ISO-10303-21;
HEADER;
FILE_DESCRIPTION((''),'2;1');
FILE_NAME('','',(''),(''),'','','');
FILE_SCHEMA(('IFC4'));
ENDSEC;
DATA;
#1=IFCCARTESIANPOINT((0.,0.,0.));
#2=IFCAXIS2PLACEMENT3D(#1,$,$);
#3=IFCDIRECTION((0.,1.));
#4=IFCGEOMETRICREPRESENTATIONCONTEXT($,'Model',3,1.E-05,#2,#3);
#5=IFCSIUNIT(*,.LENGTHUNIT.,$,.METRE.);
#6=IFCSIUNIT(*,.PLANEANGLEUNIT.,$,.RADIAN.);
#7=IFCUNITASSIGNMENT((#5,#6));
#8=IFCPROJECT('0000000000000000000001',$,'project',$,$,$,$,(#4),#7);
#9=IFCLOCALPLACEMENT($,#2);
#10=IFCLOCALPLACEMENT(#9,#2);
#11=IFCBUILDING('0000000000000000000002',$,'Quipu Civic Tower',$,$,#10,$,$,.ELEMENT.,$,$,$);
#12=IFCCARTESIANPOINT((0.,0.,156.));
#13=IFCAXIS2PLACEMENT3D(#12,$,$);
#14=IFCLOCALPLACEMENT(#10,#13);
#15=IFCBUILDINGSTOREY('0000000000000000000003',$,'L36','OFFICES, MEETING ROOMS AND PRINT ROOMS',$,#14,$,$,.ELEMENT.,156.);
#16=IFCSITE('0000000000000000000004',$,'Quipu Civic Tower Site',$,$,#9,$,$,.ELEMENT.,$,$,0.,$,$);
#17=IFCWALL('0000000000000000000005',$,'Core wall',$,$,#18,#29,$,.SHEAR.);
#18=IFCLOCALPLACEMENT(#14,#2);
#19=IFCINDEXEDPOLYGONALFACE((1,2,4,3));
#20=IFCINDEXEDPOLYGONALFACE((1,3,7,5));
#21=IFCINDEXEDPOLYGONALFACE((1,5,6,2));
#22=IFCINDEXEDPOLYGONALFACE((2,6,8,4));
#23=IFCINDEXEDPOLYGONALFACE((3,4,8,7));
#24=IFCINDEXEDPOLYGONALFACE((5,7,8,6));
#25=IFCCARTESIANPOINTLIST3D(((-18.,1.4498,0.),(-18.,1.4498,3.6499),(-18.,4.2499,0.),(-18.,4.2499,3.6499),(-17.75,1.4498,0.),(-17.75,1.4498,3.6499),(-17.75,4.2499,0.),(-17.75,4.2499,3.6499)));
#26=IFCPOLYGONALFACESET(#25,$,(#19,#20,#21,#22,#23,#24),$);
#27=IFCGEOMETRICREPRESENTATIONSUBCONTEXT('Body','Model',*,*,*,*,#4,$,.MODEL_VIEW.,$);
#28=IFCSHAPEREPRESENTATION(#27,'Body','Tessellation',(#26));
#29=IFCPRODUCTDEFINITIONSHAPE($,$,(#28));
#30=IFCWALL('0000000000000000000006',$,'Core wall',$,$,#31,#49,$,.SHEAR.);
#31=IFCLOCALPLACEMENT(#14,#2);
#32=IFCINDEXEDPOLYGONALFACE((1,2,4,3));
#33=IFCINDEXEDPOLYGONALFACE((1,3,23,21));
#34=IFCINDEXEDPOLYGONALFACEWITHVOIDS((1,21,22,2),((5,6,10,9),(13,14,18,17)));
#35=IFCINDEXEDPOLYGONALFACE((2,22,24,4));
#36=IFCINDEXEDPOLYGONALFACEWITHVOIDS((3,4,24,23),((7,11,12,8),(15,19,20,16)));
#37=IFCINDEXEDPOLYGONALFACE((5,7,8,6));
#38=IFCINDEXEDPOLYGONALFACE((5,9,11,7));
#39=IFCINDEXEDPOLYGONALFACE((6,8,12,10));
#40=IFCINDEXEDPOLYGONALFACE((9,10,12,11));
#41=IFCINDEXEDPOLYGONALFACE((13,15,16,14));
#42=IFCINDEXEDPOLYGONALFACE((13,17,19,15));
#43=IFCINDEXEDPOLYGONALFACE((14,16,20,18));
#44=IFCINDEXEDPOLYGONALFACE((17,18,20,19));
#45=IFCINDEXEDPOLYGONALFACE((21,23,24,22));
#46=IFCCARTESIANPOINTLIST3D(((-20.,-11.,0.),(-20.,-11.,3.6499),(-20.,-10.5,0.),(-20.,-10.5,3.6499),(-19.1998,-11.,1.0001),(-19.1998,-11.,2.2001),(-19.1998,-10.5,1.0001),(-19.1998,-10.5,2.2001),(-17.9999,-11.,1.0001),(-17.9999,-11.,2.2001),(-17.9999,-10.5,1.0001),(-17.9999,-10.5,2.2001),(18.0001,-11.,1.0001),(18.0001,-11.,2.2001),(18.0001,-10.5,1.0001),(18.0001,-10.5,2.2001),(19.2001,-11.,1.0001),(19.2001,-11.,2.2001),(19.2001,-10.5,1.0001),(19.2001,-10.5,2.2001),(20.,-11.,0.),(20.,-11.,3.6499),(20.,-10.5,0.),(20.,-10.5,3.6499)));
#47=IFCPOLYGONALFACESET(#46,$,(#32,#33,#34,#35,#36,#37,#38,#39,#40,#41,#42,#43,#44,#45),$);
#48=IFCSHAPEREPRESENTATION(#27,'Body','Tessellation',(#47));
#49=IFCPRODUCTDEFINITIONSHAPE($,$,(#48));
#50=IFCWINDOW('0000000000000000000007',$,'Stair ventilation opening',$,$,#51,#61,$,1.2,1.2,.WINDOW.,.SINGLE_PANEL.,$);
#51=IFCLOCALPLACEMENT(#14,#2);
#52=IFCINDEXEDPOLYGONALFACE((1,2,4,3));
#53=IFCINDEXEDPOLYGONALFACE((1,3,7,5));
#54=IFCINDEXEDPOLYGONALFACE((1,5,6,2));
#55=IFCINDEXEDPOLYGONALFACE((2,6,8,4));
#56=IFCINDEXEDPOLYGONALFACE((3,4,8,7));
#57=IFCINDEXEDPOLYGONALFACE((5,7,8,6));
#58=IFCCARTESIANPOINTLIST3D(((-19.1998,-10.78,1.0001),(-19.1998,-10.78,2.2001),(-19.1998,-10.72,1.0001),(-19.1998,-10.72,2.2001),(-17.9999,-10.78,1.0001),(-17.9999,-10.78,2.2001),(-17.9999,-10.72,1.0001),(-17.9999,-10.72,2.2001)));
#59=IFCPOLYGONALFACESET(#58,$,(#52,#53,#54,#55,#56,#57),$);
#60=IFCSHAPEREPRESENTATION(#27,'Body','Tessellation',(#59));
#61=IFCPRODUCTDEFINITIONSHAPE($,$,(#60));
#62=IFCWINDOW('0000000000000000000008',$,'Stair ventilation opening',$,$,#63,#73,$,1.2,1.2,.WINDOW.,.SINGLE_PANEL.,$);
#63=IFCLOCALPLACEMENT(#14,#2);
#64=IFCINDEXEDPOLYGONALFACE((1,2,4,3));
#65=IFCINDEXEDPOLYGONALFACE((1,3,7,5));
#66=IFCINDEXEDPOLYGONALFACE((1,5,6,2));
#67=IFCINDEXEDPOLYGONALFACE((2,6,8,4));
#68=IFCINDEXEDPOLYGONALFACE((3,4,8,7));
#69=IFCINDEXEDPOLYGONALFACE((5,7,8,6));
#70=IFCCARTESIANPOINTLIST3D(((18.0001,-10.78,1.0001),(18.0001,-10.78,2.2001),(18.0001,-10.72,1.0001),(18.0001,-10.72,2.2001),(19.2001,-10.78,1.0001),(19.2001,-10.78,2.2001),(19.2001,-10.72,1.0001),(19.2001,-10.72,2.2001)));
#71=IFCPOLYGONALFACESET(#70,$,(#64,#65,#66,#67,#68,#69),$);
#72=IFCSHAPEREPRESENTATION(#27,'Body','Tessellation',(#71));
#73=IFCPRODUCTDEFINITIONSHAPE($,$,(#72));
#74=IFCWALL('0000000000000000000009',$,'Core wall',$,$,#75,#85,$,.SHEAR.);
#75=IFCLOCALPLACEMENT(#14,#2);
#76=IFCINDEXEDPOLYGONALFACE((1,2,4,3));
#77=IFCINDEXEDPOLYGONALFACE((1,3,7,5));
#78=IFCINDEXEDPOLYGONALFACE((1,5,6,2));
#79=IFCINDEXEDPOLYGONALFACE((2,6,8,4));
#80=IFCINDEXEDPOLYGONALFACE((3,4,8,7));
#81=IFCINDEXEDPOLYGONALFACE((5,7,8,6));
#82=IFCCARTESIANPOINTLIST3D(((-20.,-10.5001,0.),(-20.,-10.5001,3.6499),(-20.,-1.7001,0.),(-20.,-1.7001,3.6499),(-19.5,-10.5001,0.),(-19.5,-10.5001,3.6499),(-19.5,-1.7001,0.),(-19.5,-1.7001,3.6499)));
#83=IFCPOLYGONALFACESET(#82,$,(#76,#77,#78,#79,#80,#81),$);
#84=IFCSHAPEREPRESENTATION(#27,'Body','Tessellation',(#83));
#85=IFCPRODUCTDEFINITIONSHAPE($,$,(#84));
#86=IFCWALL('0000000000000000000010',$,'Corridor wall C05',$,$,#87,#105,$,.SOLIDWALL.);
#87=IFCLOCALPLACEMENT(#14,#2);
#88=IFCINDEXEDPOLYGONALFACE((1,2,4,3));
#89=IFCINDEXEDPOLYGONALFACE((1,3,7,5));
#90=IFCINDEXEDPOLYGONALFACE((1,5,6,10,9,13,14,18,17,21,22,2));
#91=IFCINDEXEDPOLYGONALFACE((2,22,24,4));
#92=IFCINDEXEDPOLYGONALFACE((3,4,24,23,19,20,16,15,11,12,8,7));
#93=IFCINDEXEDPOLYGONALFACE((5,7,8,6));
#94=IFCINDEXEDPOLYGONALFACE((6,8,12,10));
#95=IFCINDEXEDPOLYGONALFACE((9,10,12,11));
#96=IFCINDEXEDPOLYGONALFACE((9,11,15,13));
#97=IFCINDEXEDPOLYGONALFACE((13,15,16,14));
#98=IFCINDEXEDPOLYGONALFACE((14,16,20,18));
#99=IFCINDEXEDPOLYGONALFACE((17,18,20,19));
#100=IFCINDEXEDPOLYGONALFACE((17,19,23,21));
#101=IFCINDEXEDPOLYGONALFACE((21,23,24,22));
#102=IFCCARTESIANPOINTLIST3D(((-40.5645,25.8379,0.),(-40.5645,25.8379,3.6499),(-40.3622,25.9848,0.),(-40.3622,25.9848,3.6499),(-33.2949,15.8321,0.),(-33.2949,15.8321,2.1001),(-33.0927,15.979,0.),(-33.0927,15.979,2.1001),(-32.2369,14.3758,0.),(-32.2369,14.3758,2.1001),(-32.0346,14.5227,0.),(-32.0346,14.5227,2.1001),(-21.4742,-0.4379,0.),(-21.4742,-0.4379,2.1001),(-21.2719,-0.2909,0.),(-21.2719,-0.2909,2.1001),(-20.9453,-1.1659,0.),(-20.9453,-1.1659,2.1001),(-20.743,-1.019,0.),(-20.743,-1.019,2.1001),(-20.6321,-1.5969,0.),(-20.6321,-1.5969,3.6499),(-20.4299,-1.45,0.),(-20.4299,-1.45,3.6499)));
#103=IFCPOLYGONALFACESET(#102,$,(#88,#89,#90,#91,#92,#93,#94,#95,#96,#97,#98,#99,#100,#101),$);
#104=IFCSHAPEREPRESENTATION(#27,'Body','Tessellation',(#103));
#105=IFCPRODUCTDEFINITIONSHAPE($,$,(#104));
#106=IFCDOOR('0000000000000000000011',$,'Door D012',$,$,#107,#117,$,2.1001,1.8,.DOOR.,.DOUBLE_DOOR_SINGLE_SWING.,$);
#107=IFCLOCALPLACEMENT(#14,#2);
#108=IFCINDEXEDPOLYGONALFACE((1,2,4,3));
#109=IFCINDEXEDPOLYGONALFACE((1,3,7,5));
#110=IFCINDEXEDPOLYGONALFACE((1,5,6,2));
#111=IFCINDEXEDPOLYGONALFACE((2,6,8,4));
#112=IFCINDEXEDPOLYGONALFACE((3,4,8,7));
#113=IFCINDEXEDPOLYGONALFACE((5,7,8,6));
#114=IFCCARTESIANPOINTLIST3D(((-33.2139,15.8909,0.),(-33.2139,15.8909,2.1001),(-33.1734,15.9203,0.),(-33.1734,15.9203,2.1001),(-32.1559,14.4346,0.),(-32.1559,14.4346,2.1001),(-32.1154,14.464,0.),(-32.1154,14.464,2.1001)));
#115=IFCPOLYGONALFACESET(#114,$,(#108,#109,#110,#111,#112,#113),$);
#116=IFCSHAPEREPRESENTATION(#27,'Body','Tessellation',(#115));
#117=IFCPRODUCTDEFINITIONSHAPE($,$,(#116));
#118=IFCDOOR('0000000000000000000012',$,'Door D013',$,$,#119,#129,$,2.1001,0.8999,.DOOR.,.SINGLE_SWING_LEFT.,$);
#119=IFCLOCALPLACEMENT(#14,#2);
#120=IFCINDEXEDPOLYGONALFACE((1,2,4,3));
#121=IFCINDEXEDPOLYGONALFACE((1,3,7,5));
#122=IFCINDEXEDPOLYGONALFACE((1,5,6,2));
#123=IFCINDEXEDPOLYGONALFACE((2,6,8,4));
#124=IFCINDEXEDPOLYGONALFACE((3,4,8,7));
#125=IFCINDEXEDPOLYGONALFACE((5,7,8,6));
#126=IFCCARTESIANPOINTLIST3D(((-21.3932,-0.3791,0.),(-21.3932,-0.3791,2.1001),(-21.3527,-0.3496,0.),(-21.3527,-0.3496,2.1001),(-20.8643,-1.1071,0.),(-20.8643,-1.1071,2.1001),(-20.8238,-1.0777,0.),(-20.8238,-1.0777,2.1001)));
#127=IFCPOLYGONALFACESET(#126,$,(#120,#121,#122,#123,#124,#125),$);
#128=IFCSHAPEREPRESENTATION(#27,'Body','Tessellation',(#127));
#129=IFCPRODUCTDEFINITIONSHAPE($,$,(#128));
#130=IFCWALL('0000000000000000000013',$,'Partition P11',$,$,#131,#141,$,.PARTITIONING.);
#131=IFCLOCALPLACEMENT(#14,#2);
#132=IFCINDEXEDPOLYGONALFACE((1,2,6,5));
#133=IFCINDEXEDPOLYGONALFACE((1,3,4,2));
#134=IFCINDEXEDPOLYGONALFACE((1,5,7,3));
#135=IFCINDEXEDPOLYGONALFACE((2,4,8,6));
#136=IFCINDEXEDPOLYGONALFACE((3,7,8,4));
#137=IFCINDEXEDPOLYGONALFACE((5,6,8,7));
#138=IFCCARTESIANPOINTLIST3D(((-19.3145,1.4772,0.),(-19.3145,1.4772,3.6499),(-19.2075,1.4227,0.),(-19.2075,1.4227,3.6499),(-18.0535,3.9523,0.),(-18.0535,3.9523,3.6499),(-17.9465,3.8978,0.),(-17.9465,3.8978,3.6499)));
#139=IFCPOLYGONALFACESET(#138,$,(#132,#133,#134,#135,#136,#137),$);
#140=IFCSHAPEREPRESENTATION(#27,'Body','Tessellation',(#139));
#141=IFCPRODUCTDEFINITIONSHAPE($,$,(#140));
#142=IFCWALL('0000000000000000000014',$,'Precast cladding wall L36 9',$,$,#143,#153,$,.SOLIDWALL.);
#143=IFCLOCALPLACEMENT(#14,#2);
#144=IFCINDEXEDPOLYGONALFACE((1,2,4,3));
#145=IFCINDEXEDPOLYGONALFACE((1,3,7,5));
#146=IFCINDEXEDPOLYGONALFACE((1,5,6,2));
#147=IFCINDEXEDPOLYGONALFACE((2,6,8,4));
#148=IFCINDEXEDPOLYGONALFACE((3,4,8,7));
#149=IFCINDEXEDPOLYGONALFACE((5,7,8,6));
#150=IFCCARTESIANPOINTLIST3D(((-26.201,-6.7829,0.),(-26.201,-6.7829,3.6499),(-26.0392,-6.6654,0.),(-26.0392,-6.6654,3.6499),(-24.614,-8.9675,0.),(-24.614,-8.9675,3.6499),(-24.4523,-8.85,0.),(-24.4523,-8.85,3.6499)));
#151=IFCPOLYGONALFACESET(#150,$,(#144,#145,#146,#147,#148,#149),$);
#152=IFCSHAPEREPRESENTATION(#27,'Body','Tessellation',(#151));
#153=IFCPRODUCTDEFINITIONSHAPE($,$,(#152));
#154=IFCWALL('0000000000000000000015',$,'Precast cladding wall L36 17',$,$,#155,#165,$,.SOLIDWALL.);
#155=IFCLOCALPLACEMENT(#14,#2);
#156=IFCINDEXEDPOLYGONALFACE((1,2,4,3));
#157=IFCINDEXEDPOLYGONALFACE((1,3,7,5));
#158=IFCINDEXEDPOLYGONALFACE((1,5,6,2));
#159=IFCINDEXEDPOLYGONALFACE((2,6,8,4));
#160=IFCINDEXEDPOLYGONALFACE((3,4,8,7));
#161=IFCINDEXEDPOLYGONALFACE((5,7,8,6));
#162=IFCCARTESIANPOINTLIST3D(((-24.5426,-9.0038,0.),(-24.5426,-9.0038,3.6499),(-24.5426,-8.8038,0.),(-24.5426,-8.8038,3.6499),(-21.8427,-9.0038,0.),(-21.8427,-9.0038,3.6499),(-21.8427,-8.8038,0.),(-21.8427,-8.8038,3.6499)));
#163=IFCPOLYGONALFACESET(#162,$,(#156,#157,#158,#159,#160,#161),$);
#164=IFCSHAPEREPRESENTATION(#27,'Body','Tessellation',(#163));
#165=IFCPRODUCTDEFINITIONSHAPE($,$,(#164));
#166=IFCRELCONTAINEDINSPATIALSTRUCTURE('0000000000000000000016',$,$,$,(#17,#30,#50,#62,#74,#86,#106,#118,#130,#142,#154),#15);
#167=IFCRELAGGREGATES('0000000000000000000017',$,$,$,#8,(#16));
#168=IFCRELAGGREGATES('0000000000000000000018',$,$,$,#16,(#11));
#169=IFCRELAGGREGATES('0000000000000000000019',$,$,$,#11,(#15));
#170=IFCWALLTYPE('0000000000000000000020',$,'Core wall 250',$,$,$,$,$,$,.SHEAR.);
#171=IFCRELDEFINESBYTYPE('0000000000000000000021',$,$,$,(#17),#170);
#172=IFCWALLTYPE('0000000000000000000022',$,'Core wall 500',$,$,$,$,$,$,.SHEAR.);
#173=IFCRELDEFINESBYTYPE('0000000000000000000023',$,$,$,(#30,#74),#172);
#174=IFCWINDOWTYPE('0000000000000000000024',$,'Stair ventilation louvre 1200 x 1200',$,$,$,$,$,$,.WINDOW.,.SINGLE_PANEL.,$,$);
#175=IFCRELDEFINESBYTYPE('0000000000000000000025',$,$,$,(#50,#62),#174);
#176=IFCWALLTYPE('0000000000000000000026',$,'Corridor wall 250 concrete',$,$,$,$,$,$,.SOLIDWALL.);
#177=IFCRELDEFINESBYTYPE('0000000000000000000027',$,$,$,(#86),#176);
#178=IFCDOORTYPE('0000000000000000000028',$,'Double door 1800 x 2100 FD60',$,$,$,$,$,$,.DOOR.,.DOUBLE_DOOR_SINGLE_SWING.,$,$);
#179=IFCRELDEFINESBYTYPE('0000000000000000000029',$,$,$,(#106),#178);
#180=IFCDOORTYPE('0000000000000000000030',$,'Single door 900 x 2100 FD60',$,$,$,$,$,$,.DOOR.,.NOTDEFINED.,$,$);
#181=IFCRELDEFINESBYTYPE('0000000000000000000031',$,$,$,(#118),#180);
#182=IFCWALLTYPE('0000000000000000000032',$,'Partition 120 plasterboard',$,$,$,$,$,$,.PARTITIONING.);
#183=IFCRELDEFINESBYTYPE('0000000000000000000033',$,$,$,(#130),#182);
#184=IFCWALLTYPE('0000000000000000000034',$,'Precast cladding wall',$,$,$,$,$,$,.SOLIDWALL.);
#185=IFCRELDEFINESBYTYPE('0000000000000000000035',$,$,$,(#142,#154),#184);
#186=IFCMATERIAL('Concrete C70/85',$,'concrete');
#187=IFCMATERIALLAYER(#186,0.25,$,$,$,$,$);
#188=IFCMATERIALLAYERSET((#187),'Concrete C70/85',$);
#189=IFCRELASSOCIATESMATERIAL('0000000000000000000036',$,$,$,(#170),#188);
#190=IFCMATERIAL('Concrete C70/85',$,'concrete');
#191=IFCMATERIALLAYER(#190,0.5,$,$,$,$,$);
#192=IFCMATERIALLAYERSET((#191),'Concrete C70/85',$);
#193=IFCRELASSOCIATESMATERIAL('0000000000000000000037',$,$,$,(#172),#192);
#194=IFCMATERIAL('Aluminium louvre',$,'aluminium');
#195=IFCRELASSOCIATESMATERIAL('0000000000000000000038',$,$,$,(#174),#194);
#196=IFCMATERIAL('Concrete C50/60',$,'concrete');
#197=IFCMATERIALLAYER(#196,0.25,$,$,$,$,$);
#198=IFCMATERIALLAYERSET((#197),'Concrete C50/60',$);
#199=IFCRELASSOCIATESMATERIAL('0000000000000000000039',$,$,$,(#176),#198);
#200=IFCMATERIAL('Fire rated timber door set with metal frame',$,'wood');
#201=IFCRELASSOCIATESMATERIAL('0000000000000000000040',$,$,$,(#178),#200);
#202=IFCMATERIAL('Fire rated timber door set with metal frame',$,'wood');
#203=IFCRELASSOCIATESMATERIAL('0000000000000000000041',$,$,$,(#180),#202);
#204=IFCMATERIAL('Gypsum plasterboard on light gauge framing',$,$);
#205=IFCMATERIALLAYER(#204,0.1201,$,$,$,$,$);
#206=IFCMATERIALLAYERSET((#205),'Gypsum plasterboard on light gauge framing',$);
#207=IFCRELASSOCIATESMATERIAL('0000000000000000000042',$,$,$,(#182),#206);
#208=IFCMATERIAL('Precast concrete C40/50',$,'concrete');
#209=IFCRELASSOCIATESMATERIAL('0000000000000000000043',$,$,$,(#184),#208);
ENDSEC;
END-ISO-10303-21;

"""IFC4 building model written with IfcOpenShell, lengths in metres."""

from ifc_helpers import new_model, si_unit, direction, frame, frame_2d, origin, place, context, subcontext, project, spatial, rectangle, extrude, material, layer, layer_set, type_object, element, fill, save


model = new_model("IFC4")

# Units and contexts
model_context = context("Model", 3, precision=1e-05, world=origin(), true_north=direction((0.0, 1.0)))
body_context = subcontext(model_context, "Body", "Model", "MODEL_VIEW")
ifc_project = project(units=[si_unit("LENGTHUNIT", "METRE"), si_unit("PLANEANGLEUNIT", "RADIAN")], contexts=[model_context])

# Site, building, storey
site_placement = place(None, origin())
site = spatial("IfcSite", under=ifc_project, at=site_placement, Name="Quipu Civic Tower Site", CompositionType="ELEMENT", RefElevation=0.0)
building_placement = place(site_placement, origin())
building = spatial("IfcBuilding", under=site, at=building_placement, Name="Quipu Civic Tower", CompositionType="ELEMENT")
storey_placement = place(building_placement, frame((0.0, 0.0, 156.0)))
storey = spatial("IfcBuildingStorey", under=building, at=storey_placement, Name="L36", Description="OFFICES, MEETING ROOMS AND PRINT ROOMS", CompositionType="ELEMENT", Elevation=156.0)

# Shared definitions
ifc_material_1 = material(Name="Concrete C70/85", Category="concrete")
ifc_layer_1 = layer(ifc_material_1, 0.25)
ifc_layer_set_1 = layer_set([ifc_layer_1], Name="Concrete C70/85")
wall_type_1 = type_object("IfcWallType", Name="Core wall 250", PredefinedType="SHEAR", material=ifc_layer_set_1)

# Wall
wall_1_placement = place(storey_placement, frame((-17.875, 1.45, 0.0), z_axis=(0.0, 0.0, 1.0), x_axis=(0.0, 1.0, 0.0)))
element("IfcWall", 1, at=wall_1_placement, inside=storey, type_object=wall_type_1, Name="Core wall", PredefinedType="SHEAR", context=body_context, shape_type="SweptSolid", body=[
    extrude(rectangle(XDim=2.8, YDim=0.25, at=frame_2d((1.3999, 0.0))), origin(), (0.0, 0.0, 1.0), 3.6499),
])

# Wall, openings, windows
ifc_material_2 = material(Name="Concrete C70/85", Category="concrete")
ifc_layer_2 = layer(ifc_material_2, 0.5)
ifc_layer_set_2 = layer_set([ifc_layer_2], Name="Concrete C70/85")
wall_type_2 = type_object("IfcWallType", Name="Core wall 500", PredefinedType="SHEAR", material=ifc_layer_set_2)
wall_2_placement = place(storey_placement, frame((-20.0, -10.75, 0.0), z_axis=(0.0, 0.0, 1.0), x_axis=(1.0, 0.0, 0.0)))
wall_2 = element("IfcWall", 2, at=wall_2_placement, inside=storey, type_object=wall_type_2, Name="Core wall", PredefinedType="SHEAR", context=body_context, shape_type="SweptSolid", body=[
    extrude(rectangle(XDim=40.0, YDim=0.5, at=frame_2d((20.0, 0.0))), origin(), (0.0, 0.0, 1.0), 3.6499),
])
opening_1_placement = place(wall_2_placement, frame((0.8, 0.0, 1.0)))
opening_1 = element("IfcOpeningElement", 3, at=opening_1_placement, cuts=wall_2, PredefinedType="OPENING", context=body_context, shape_type="SweptSolid", body=[
    extrude(rectangle(XDim=1.2, YDim=1.2, at=frame_2d((0.6001, 0.6001))), frame((0.0, 0.26, 0.0), z_axis=(0.0, -1.0, 0.0), x_axis=(1.0, 0.0, 0.0)), (0.0, 0.0, 1.0), 0.52),
])
opening_2_placement = place(wall_2_placement, frame((38.0, 0.0, 1.0)))
opening_2 = element("IfcOpeningElement", 4, at=opening_2_placement, cuts=wall_2, PredefinedType="OPENING", context=body_context, shape_type="SweptSolid", body=[
    extrude(rectangle(XDim=1.2, YDim=1.2, at=frame_2d((0.6001, 0.6001))), frame((0.0, 0.26, 0.0), z_axis=(0.0, -1.0, 0.0), x_axis=(1.0, 0.0, 0.0)), (0.0, 0.0, 1.0), 0.52),
])
ifc_material_3 = material(Name="Aluminium louvre", Category="aluminium")
window_type = type_object("IfcWindowType", Name="Stair ventilation louvre 1200 x 1200", PartitioningType="SINGLE_PANEL", PredefinedType="WINDOW", material=ifc_material_3)
window_1_placement = place(opening_1_placement, origin())
window_1 = element("IfcWindow", 5, at=window_1_placement, inside=storey, type_object=window_type, Name="Stair ventilation opening", OverallHeight=1.2, OverallWidth=1.2, PartitioningType="SINGLE_PANEL", PredefinedType="WINDOW", context=body_context, shape_type="SweptSolid", body=[
    extrude(rectangle(XDim=1.2, YDim=1.2, at=frame_2d((0.6001, 0.6001))), frame((0.0, 0.03, 0.0), z_axis=(0.0, -1.0, 0.0), x_axis=(1.0, 0.0, 0.0)), (0.0, 0.0, 1.0), 0.0601),
])
fill(opening_1, window_1)
window_2_placement = place(opening_2_placement, origin())
window_2 = element("IfcWindow", 6, at=window_2_placement, inside=storey, type_object=window_type, Name="Stair ventilation opening", OverallHeight=1.2, OverallWidth=1.2, PartitioningType="SINGLE_PANEL", PredefinedType="WINDOW", context=body_context, shape_type="SweptSolid", body=[
    extrude(rectangle(XDim=1.2, YDim=1.2, at=frame_2d((0.6001, 0.6001))), frame((0.0, 0.03, 0.0), z_axis=(0.0, -1.0, 0.0), x_axis=(1.0, 0.0, 0.0)), (0.0, 0.0, 1.0), 0.0601),
])
fill(opening_2, window_2)

# Wall
wall_3_placement = place(storey_placement, frame((-19.75, -10.5, 0.0), z_axis=(0.0, 0.0, 1.0), x_axis=(0.0, 1.0, 0.0)))
element("IfcWall", 7, at=wall_3_placement, inside=storey, type_object=wall_type_2, Name="Core wall", PredefinedType="SHEAR", context=body_context, shape_type="SweptSolid", body=[
    extrude(rectangle(XDim=8.8, YDim=0.5, at=frame_2d((4.3999, 0.0))), origin(), (0.0, 0.0, 1.0), 3.6499),
])

# Wall, openings, doors
ifc_material_4 = material(Name="Concrete C50/60", Category="concrete")
ifc_layer_3 = layer(ifc_material_4, 0.25)
ifc_layer_set_3 = layer_set([ifc_layer_3], Name="Concrete C50/60")
wall_type_3 = type_object("IfcWallType", Name="Corridor wall 250 concrete", PredefinedType="SOLIDWALL", material=ifc_layer_set_3)
wall_4_placement = place(storey_placement, frame((-20.531, -1.5234, 0.0), z_axis=(0.0, 0.0, 1.0), x_axis=(-0.587782, 0.80902, 0.0)))
wall_4 = element("IfcWall", 8, at=wall_4_placement, inside=storey, type_object=wall_type_3, Name="Corridor wall C05", PredefinedType="SOLIDWALL", context=body_context, shape_type="SweptSolid", body=[
    extrude(rectangle(XDim=33.9111, YDim=0.25, at=frame_2d((16.9556, 0.0))), origin(), (0.0, 0.0, 1.0), 3.6499),
])
opening_3_placement = place(wall_4_placement, frame((19.7434, 0.0, 0.0)))
opening_3 = element("IfcOpeningElement", 9, at=opening_3_placement, cuts=wall_4, PredefinedType="OPENING", context=body_context, shape_type="SweptSolid", body=[
    extrude(rectangle(XDim=1.8, YDim=2.1001, at=frame_2d((0.8999, 1.05))), frame((0.0, 0.135, 0.0), z_axis=(0.0, -1.0, 0.0), x_axis=(1.0, 0.0, 0.0)), (0.0, 0.0, 1.0), 0.27),
])
opening_4_placement = place(wall_4_placement, frame((0.5327, 0.0, 0.0)))
opening_4 = element("IfcOpeningElement", 10, at=opening_4_placement, cuts=wall_4, PredefinedType="OPENING", context=body_context, shape_type="SweptSolid", body=[
    extrude(rectangle(XDim=0.8999, YDim=2.1001, at=frame_2d((0.45, 1.05))), frame((0.0, 0.135, 0.0), z_axis=(0.0, -1.0, 0.0), x_axis=(1.0, 0.0, 0.0)), (0.0, 0.0, 1.0), 0.27),
])
ifc_material_5 = material(Name="Fire rated timber door set with metal frame", Category="wood")
door_type_1 = type_object("IfcDoorType", Name="Double door 1800 x 2100 FD60", OperationType="DOUBLE_DOOR_SINGLE_SWING", PredefinedType="DOOR", material=ifc_material_5)
door_1_placement = place(opening_3_placement, origin())
door_1 = element("IfcDoor", 11, at=door_1_placement, inside=storey, type_object=door_type_1, Name="Door D012", OperationType="DOUBLE_DOOR_SINGLE_SWING", OverallHeight=2.1001, OverallWidth=1.8, PredefinedType="DOOR", context=body_context, shape_type="SweptSolid", body=[
    extrude(rectangle(XDim=1.8, YDim=2.1001, at=frame_2d((0.8999, 1.05))), frame((0.0, 0.0249, 0.0), z_axis=(0.0, -1.0, 0.0), x_axis=(1.0, 0.0, 0.0)), (0.0, 0.0, 1.0), 0.05),
])
fill(opening_3, door_1)
ifc_material_6 = material(Name="Fire rated timber door set with metal frame", Category="wood")
door_type_2 = type_object("IfcDoorType", Name="Single door 900 x 2100 FD60", OperationType="NOTDEFINED", PredefinedType="DOOR", material=ifc_material_6)
door_2_placement = place(opening_4_placement, origin())
door_2 = element("IfcDoor", 12, at=door_2_placement, inside=storey, type_object=door_type_2, Name="Door D013", OperationType="SINGLE_SWING_LEFT", OverallHeight=2.1001, OverallWidth=0.8999, PredefinedType="DOOR", context=body_context, shape_type="SweptSolid", body=[
    extrude(rectangle(XDim=0.8999, YDim=2.1001, at=frame_2d((0.45, 1.05))), frame((0.0, 0.0249, 0.0), z_axis=(0.0, -1.0, 0.0), x_axis=(1.0, 0.0, 0.0)), (0.0, 0.0, 1.0), 0.05),
])
fill(opening_4, door_2)

# Walls
ifc_material_7 = material(Name="Gypsum plasterboard on light gauge framing")
ifc_layer_4 = layer(ifc_material_7, 0.1201)
ifc_layer_set_4 = layer_set([ifc_layer_4], Name="Gypsum plasterboard on light gauge framing")
wall_type_4 = type_object("IfcWallType", Name="Partition 120 plasterboard", PredefinedType="PARTITIONING", material=ifc_layer_set_4)
wall_5_placement = place(storey_placement, frame((-19.261, 1.45, 0.0), z_axis=(0.0, 0.0, 1.0), x_axis=(0.453951, 0.891027, 0.0)))
element("IfcWall", 13, at=wall_5_placement, inside=storey, type_object=wall_type_4, Name="Partition P11", PredefinedType="PARTITIONING", context=body_context, shape_type="SweptSolid", body=[
    extrude(rectangle(XDim=2.7778, YDim=0.1201, at=frame_2d((1.3889, 0.0))), origin(), (0.0, 0.0, 1.0), 3.6499),
])
ifc_material_8 = material(Name="Precast concrete C40/50", Category="concrete")
wall_type_5 = type_object("IfcWallType", Name="Precast cladding wall", PredefinedType="SOLIDWALL", material=ifc_material_8)
wall_6_placement = place(storey_placement, frame((-26.1201, -6.7241, 0.0), z_axis=(0.0, 0.0, 1.0), x_axis=(0.58772, -0.809064, 0.0)))
element("IfcWall", 14, at=wall_6_placement, inside=storey, type_object=wall_type_5, Name="Precast cladding wall L36 9", PredefinedType="SOLIDWALL", context=body_context, shape_type="SweptSolid", body=[
    extrude(rectangle(XDim=2.7002, YDim=0.2, at=frame_2d((1.3501, 0.0))), origin(), (0.0, 0.0, 1.0), 3.6499),
])
wall_7_placement = place(storey_placement, frame((-24.5427, -8.9038, 0.0), z_axis=(0.0, 0.0, 1.0), x_axis=(1.0, 0.0, 0.0)))
element("IfcWall", 15, at=wall_7_placement, inside=storey, type_object=wall_type_5, Name="Precast cladding wall L36 17", PredefinedType="SOLIDWALL", context=body_context, shape_type="SweptSolid", body=[
    extrude(rectangle(XDim=2.7, YDim=0.2, at=frame_2d((1.3501, 0.0))), origin(), (0.0, 0.0, 1.0), 3.6499),
])

save(model, "model.ifc")
